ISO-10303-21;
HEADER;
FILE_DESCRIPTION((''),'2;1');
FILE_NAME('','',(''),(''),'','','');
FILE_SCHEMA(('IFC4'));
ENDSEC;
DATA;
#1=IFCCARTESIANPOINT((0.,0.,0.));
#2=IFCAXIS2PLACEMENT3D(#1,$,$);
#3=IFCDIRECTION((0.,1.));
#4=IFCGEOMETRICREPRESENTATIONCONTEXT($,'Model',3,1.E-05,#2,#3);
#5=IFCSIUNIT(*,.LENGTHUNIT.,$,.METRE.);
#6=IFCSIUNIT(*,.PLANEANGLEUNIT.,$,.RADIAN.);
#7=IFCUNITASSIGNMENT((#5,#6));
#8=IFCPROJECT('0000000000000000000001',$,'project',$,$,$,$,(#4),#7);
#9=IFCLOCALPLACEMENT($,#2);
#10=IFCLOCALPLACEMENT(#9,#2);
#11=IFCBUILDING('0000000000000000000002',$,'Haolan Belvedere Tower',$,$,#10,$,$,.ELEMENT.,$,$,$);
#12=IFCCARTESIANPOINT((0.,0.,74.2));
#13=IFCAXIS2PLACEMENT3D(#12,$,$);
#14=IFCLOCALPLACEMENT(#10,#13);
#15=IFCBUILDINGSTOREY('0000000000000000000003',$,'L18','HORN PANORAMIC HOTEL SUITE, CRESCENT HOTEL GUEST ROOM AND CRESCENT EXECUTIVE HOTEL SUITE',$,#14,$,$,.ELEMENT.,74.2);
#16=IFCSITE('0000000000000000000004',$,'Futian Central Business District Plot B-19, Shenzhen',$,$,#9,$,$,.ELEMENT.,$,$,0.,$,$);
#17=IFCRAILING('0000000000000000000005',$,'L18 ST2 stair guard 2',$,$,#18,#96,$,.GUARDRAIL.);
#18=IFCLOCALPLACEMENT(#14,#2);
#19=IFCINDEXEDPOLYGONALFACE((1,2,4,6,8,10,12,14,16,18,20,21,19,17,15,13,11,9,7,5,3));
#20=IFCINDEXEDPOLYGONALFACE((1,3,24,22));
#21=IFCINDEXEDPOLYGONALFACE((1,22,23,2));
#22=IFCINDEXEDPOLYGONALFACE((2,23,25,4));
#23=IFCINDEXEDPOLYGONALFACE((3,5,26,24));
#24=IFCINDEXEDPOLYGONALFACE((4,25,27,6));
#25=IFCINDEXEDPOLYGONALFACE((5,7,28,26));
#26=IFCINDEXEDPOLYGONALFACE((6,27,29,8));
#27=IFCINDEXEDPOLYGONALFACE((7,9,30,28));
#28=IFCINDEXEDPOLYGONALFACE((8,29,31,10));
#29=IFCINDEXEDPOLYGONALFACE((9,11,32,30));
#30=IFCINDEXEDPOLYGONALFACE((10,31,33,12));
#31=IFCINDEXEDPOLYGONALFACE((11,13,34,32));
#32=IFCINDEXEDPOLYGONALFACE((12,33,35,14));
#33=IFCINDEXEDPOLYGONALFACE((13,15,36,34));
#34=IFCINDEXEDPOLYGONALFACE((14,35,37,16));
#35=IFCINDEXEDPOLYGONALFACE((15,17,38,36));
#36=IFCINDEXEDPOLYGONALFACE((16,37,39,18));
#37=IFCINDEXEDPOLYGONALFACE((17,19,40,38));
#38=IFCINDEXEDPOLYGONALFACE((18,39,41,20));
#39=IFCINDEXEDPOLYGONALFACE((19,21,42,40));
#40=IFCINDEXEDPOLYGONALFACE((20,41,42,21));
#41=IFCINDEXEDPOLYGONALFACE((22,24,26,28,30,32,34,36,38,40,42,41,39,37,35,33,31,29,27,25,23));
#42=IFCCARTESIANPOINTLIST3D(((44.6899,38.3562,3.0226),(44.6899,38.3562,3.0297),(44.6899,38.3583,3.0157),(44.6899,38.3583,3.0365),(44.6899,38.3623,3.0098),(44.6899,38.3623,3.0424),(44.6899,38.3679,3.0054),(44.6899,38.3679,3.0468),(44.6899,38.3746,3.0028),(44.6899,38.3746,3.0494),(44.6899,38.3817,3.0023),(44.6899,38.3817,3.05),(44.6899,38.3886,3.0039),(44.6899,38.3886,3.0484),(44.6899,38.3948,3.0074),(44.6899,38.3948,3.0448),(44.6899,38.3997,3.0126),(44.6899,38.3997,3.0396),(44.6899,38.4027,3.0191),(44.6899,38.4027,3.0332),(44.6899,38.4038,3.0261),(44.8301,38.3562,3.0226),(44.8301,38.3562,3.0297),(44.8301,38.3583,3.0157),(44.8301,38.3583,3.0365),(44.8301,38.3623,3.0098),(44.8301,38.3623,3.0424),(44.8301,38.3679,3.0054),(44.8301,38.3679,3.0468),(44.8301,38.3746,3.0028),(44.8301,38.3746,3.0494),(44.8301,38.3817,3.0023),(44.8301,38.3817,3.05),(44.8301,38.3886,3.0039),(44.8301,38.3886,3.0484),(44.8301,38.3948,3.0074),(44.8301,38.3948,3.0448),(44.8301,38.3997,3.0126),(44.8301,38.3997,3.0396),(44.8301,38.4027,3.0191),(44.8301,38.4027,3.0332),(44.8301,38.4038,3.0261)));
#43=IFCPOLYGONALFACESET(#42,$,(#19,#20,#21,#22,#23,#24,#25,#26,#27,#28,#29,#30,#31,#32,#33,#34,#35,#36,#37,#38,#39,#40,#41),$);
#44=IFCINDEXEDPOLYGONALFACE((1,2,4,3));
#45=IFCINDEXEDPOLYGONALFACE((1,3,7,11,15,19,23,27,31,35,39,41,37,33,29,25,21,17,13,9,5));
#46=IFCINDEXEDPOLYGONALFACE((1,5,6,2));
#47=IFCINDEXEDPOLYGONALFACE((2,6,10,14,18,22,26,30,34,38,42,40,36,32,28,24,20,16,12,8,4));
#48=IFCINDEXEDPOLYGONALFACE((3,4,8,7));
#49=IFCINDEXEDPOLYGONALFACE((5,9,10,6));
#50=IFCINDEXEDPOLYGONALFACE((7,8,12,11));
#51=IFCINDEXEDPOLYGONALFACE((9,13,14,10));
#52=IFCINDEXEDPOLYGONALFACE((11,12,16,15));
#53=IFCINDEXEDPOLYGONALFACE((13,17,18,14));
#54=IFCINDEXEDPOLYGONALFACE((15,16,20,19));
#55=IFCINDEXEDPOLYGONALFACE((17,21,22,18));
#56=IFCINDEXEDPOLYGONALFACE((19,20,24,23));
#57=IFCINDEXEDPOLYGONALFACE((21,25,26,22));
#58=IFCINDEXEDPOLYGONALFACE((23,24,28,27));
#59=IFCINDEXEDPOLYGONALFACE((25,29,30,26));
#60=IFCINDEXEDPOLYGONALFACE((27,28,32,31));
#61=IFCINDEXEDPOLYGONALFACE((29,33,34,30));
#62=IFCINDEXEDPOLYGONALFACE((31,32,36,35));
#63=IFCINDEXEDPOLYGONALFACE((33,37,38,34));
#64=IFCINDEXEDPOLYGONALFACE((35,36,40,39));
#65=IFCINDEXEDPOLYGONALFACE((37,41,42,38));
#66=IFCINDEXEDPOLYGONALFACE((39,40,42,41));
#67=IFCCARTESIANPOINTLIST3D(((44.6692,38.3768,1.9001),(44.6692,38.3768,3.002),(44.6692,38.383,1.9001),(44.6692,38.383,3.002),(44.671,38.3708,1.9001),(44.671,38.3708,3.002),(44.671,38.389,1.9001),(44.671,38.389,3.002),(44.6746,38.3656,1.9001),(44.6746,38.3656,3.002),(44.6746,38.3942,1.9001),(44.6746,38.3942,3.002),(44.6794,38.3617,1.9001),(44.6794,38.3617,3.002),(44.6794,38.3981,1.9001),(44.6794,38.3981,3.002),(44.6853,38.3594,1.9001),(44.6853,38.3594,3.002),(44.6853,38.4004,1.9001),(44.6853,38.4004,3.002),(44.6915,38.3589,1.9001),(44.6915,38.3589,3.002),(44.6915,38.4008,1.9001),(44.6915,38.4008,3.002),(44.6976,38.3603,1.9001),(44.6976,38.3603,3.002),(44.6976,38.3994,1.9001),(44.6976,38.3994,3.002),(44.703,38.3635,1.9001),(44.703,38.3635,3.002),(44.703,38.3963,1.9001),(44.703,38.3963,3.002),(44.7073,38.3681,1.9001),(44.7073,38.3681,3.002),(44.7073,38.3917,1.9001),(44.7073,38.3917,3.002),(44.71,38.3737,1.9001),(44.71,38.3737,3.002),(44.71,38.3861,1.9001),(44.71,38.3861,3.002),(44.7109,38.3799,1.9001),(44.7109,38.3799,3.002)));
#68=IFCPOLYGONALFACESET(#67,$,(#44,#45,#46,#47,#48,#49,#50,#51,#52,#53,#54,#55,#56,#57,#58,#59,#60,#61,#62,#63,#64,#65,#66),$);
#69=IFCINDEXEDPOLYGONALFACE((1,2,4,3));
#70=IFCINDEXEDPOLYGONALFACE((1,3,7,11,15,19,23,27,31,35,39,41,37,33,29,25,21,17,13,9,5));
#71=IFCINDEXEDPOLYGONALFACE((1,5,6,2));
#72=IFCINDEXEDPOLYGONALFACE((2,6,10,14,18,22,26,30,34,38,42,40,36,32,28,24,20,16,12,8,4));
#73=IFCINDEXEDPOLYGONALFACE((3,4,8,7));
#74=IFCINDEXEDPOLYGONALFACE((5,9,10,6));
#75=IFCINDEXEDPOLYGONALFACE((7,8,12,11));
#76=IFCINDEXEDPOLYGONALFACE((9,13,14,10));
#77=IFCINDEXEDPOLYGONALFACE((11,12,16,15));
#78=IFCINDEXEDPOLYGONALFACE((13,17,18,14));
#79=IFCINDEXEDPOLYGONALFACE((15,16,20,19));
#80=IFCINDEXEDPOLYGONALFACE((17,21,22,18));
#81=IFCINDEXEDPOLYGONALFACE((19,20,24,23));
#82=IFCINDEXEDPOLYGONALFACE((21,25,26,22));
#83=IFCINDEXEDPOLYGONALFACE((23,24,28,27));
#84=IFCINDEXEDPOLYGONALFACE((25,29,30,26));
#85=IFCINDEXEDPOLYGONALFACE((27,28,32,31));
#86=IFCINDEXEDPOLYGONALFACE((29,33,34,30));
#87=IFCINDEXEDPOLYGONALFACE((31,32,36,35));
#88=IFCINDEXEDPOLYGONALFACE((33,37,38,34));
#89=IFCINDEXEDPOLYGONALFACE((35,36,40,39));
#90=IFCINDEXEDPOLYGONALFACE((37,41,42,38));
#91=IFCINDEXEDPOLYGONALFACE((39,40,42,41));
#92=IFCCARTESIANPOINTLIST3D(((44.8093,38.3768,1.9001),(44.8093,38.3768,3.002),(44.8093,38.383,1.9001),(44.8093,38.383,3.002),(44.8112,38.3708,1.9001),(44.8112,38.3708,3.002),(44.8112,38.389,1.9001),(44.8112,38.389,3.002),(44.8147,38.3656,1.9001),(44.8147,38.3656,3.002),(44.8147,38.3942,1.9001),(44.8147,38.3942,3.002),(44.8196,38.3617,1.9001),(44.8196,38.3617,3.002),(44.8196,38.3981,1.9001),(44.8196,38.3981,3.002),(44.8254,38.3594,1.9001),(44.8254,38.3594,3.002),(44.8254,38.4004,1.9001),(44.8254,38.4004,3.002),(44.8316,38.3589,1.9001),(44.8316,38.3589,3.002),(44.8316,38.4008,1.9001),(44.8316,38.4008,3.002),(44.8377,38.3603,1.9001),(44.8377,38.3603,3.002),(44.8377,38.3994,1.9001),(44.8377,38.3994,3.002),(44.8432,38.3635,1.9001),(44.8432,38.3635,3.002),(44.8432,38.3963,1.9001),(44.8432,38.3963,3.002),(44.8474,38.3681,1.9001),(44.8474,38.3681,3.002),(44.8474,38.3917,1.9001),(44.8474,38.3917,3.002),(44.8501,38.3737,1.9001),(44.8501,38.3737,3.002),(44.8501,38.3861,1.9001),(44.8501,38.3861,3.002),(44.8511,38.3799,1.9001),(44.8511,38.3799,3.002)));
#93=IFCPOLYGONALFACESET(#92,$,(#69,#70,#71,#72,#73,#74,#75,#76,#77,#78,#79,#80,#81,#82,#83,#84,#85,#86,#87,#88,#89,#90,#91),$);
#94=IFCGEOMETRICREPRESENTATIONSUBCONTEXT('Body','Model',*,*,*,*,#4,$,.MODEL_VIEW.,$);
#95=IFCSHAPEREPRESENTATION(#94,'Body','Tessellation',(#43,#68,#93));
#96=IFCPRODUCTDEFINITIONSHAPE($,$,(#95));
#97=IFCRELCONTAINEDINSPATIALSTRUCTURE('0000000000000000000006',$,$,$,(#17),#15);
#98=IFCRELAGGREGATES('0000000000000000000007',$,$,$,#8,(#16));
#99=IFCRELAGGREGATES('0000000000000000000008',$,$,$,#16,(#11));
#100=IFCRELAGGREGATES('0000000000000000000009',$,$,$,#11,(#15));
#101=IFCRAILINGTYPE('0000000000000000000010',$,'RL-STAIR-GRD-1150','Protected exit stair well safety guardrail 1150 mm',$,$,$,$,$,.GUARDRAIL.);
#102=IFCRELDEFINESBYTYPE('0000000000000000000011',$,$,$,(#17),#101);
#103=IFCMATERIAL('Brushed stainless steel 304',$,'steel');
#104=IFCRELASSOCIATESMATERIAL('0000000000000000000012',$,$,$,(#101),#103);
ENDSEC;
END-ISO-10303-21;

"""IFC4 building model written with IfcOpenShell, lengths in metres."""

from ifc_helpers import new_model, si_unit, direction, frame, origin, origin_2d, place, context, subcontext, project, spatial, circle, extrude, material, type_object, element, save


model = new_model("IFC4")

# Units and contexts
model_context = context("Model", 3, precision=1e-05, world=origin(), true_north=direction((0.0, 1.0)))
body_context = subcontext(model_context, "Body", "Model", "MODEL_VIEW")
ifc_project = project(units=[si_unit("LENGTHUNIT", "METRE"), si_unit("PLANEANGLEUNIT", "RADIAN")], contexts=[model_context])

# Site, building, storey
site_placement = place(None, origin())
site = spatial("IfcSite", under=ifc_project, at=site_placement, Name="Futian Central Business District Plot B-19, Shenzhen", CompositionType="ELEMENT", RefElevation=0.0)
building_placement = place(site_placement, origin())
building = spatial("IfcBuilding", under=site, at=building_placement, Name="Haolan Belvedere Tower", CompositionType="ELEMENT")
storey_placement = place(building_placement, frame((0.0, 0.0, 74.2)))
storey = spatial("IfcBuildingStorey", under=building, at=storey_placement, Name="L18", Description="HORN PANORAMIC HOTEL SUITE, CRESCENT HOTEL GUEST ROOM AND CRESCENT EXECUTIVE HOTEL SUITE", CompositionType="ELEMENT", Elevation=74.2)

# Railing
ifc_material_1 = material(Name="Brushed stainless steel 304", Category="steel")
railing_type_1 = type_object("IfcRailingType", Name="RL-STAIR-GRD-1150", Description="Protected exit stair well safety guardrail 1150 mm", PredefinedType="GUARDRAIL", material=ifc_material_1)
railing_1_placement = place(storey_placement, frame((44.6899, 38.3799, 1.9001)))
element("IfcRailing", 1, at=railing_1_placement, inside=storey, type_object=railing_type_1, Name="L18 ST2 stair guard 2", PredefinedType="GUARDRAIL", context=body_context, shape_type="SweptSolid", body=[
    extrude(circle(Radius=0.0239, at=origin_2d()), frame((0.0, 0.0, 1.126), z_axis=(1.0, 0.0, 0.0), x_axis=(0.0, 1.0, 0.0)), (0.0, 0.0, 1.0), 0.1401),
    extrude(circle(Radius=0.021, at=origin_2d()), origin(), (0.0, 0.0, 1.0), 1.1018),
    extrude(circle(Radius=0.021, at=origin_2d()), frame((0.1401, 0.0, 0.0)), (0.0, 0.0, 1.0), 1.1018),
])

save(model, "model.ifc")
